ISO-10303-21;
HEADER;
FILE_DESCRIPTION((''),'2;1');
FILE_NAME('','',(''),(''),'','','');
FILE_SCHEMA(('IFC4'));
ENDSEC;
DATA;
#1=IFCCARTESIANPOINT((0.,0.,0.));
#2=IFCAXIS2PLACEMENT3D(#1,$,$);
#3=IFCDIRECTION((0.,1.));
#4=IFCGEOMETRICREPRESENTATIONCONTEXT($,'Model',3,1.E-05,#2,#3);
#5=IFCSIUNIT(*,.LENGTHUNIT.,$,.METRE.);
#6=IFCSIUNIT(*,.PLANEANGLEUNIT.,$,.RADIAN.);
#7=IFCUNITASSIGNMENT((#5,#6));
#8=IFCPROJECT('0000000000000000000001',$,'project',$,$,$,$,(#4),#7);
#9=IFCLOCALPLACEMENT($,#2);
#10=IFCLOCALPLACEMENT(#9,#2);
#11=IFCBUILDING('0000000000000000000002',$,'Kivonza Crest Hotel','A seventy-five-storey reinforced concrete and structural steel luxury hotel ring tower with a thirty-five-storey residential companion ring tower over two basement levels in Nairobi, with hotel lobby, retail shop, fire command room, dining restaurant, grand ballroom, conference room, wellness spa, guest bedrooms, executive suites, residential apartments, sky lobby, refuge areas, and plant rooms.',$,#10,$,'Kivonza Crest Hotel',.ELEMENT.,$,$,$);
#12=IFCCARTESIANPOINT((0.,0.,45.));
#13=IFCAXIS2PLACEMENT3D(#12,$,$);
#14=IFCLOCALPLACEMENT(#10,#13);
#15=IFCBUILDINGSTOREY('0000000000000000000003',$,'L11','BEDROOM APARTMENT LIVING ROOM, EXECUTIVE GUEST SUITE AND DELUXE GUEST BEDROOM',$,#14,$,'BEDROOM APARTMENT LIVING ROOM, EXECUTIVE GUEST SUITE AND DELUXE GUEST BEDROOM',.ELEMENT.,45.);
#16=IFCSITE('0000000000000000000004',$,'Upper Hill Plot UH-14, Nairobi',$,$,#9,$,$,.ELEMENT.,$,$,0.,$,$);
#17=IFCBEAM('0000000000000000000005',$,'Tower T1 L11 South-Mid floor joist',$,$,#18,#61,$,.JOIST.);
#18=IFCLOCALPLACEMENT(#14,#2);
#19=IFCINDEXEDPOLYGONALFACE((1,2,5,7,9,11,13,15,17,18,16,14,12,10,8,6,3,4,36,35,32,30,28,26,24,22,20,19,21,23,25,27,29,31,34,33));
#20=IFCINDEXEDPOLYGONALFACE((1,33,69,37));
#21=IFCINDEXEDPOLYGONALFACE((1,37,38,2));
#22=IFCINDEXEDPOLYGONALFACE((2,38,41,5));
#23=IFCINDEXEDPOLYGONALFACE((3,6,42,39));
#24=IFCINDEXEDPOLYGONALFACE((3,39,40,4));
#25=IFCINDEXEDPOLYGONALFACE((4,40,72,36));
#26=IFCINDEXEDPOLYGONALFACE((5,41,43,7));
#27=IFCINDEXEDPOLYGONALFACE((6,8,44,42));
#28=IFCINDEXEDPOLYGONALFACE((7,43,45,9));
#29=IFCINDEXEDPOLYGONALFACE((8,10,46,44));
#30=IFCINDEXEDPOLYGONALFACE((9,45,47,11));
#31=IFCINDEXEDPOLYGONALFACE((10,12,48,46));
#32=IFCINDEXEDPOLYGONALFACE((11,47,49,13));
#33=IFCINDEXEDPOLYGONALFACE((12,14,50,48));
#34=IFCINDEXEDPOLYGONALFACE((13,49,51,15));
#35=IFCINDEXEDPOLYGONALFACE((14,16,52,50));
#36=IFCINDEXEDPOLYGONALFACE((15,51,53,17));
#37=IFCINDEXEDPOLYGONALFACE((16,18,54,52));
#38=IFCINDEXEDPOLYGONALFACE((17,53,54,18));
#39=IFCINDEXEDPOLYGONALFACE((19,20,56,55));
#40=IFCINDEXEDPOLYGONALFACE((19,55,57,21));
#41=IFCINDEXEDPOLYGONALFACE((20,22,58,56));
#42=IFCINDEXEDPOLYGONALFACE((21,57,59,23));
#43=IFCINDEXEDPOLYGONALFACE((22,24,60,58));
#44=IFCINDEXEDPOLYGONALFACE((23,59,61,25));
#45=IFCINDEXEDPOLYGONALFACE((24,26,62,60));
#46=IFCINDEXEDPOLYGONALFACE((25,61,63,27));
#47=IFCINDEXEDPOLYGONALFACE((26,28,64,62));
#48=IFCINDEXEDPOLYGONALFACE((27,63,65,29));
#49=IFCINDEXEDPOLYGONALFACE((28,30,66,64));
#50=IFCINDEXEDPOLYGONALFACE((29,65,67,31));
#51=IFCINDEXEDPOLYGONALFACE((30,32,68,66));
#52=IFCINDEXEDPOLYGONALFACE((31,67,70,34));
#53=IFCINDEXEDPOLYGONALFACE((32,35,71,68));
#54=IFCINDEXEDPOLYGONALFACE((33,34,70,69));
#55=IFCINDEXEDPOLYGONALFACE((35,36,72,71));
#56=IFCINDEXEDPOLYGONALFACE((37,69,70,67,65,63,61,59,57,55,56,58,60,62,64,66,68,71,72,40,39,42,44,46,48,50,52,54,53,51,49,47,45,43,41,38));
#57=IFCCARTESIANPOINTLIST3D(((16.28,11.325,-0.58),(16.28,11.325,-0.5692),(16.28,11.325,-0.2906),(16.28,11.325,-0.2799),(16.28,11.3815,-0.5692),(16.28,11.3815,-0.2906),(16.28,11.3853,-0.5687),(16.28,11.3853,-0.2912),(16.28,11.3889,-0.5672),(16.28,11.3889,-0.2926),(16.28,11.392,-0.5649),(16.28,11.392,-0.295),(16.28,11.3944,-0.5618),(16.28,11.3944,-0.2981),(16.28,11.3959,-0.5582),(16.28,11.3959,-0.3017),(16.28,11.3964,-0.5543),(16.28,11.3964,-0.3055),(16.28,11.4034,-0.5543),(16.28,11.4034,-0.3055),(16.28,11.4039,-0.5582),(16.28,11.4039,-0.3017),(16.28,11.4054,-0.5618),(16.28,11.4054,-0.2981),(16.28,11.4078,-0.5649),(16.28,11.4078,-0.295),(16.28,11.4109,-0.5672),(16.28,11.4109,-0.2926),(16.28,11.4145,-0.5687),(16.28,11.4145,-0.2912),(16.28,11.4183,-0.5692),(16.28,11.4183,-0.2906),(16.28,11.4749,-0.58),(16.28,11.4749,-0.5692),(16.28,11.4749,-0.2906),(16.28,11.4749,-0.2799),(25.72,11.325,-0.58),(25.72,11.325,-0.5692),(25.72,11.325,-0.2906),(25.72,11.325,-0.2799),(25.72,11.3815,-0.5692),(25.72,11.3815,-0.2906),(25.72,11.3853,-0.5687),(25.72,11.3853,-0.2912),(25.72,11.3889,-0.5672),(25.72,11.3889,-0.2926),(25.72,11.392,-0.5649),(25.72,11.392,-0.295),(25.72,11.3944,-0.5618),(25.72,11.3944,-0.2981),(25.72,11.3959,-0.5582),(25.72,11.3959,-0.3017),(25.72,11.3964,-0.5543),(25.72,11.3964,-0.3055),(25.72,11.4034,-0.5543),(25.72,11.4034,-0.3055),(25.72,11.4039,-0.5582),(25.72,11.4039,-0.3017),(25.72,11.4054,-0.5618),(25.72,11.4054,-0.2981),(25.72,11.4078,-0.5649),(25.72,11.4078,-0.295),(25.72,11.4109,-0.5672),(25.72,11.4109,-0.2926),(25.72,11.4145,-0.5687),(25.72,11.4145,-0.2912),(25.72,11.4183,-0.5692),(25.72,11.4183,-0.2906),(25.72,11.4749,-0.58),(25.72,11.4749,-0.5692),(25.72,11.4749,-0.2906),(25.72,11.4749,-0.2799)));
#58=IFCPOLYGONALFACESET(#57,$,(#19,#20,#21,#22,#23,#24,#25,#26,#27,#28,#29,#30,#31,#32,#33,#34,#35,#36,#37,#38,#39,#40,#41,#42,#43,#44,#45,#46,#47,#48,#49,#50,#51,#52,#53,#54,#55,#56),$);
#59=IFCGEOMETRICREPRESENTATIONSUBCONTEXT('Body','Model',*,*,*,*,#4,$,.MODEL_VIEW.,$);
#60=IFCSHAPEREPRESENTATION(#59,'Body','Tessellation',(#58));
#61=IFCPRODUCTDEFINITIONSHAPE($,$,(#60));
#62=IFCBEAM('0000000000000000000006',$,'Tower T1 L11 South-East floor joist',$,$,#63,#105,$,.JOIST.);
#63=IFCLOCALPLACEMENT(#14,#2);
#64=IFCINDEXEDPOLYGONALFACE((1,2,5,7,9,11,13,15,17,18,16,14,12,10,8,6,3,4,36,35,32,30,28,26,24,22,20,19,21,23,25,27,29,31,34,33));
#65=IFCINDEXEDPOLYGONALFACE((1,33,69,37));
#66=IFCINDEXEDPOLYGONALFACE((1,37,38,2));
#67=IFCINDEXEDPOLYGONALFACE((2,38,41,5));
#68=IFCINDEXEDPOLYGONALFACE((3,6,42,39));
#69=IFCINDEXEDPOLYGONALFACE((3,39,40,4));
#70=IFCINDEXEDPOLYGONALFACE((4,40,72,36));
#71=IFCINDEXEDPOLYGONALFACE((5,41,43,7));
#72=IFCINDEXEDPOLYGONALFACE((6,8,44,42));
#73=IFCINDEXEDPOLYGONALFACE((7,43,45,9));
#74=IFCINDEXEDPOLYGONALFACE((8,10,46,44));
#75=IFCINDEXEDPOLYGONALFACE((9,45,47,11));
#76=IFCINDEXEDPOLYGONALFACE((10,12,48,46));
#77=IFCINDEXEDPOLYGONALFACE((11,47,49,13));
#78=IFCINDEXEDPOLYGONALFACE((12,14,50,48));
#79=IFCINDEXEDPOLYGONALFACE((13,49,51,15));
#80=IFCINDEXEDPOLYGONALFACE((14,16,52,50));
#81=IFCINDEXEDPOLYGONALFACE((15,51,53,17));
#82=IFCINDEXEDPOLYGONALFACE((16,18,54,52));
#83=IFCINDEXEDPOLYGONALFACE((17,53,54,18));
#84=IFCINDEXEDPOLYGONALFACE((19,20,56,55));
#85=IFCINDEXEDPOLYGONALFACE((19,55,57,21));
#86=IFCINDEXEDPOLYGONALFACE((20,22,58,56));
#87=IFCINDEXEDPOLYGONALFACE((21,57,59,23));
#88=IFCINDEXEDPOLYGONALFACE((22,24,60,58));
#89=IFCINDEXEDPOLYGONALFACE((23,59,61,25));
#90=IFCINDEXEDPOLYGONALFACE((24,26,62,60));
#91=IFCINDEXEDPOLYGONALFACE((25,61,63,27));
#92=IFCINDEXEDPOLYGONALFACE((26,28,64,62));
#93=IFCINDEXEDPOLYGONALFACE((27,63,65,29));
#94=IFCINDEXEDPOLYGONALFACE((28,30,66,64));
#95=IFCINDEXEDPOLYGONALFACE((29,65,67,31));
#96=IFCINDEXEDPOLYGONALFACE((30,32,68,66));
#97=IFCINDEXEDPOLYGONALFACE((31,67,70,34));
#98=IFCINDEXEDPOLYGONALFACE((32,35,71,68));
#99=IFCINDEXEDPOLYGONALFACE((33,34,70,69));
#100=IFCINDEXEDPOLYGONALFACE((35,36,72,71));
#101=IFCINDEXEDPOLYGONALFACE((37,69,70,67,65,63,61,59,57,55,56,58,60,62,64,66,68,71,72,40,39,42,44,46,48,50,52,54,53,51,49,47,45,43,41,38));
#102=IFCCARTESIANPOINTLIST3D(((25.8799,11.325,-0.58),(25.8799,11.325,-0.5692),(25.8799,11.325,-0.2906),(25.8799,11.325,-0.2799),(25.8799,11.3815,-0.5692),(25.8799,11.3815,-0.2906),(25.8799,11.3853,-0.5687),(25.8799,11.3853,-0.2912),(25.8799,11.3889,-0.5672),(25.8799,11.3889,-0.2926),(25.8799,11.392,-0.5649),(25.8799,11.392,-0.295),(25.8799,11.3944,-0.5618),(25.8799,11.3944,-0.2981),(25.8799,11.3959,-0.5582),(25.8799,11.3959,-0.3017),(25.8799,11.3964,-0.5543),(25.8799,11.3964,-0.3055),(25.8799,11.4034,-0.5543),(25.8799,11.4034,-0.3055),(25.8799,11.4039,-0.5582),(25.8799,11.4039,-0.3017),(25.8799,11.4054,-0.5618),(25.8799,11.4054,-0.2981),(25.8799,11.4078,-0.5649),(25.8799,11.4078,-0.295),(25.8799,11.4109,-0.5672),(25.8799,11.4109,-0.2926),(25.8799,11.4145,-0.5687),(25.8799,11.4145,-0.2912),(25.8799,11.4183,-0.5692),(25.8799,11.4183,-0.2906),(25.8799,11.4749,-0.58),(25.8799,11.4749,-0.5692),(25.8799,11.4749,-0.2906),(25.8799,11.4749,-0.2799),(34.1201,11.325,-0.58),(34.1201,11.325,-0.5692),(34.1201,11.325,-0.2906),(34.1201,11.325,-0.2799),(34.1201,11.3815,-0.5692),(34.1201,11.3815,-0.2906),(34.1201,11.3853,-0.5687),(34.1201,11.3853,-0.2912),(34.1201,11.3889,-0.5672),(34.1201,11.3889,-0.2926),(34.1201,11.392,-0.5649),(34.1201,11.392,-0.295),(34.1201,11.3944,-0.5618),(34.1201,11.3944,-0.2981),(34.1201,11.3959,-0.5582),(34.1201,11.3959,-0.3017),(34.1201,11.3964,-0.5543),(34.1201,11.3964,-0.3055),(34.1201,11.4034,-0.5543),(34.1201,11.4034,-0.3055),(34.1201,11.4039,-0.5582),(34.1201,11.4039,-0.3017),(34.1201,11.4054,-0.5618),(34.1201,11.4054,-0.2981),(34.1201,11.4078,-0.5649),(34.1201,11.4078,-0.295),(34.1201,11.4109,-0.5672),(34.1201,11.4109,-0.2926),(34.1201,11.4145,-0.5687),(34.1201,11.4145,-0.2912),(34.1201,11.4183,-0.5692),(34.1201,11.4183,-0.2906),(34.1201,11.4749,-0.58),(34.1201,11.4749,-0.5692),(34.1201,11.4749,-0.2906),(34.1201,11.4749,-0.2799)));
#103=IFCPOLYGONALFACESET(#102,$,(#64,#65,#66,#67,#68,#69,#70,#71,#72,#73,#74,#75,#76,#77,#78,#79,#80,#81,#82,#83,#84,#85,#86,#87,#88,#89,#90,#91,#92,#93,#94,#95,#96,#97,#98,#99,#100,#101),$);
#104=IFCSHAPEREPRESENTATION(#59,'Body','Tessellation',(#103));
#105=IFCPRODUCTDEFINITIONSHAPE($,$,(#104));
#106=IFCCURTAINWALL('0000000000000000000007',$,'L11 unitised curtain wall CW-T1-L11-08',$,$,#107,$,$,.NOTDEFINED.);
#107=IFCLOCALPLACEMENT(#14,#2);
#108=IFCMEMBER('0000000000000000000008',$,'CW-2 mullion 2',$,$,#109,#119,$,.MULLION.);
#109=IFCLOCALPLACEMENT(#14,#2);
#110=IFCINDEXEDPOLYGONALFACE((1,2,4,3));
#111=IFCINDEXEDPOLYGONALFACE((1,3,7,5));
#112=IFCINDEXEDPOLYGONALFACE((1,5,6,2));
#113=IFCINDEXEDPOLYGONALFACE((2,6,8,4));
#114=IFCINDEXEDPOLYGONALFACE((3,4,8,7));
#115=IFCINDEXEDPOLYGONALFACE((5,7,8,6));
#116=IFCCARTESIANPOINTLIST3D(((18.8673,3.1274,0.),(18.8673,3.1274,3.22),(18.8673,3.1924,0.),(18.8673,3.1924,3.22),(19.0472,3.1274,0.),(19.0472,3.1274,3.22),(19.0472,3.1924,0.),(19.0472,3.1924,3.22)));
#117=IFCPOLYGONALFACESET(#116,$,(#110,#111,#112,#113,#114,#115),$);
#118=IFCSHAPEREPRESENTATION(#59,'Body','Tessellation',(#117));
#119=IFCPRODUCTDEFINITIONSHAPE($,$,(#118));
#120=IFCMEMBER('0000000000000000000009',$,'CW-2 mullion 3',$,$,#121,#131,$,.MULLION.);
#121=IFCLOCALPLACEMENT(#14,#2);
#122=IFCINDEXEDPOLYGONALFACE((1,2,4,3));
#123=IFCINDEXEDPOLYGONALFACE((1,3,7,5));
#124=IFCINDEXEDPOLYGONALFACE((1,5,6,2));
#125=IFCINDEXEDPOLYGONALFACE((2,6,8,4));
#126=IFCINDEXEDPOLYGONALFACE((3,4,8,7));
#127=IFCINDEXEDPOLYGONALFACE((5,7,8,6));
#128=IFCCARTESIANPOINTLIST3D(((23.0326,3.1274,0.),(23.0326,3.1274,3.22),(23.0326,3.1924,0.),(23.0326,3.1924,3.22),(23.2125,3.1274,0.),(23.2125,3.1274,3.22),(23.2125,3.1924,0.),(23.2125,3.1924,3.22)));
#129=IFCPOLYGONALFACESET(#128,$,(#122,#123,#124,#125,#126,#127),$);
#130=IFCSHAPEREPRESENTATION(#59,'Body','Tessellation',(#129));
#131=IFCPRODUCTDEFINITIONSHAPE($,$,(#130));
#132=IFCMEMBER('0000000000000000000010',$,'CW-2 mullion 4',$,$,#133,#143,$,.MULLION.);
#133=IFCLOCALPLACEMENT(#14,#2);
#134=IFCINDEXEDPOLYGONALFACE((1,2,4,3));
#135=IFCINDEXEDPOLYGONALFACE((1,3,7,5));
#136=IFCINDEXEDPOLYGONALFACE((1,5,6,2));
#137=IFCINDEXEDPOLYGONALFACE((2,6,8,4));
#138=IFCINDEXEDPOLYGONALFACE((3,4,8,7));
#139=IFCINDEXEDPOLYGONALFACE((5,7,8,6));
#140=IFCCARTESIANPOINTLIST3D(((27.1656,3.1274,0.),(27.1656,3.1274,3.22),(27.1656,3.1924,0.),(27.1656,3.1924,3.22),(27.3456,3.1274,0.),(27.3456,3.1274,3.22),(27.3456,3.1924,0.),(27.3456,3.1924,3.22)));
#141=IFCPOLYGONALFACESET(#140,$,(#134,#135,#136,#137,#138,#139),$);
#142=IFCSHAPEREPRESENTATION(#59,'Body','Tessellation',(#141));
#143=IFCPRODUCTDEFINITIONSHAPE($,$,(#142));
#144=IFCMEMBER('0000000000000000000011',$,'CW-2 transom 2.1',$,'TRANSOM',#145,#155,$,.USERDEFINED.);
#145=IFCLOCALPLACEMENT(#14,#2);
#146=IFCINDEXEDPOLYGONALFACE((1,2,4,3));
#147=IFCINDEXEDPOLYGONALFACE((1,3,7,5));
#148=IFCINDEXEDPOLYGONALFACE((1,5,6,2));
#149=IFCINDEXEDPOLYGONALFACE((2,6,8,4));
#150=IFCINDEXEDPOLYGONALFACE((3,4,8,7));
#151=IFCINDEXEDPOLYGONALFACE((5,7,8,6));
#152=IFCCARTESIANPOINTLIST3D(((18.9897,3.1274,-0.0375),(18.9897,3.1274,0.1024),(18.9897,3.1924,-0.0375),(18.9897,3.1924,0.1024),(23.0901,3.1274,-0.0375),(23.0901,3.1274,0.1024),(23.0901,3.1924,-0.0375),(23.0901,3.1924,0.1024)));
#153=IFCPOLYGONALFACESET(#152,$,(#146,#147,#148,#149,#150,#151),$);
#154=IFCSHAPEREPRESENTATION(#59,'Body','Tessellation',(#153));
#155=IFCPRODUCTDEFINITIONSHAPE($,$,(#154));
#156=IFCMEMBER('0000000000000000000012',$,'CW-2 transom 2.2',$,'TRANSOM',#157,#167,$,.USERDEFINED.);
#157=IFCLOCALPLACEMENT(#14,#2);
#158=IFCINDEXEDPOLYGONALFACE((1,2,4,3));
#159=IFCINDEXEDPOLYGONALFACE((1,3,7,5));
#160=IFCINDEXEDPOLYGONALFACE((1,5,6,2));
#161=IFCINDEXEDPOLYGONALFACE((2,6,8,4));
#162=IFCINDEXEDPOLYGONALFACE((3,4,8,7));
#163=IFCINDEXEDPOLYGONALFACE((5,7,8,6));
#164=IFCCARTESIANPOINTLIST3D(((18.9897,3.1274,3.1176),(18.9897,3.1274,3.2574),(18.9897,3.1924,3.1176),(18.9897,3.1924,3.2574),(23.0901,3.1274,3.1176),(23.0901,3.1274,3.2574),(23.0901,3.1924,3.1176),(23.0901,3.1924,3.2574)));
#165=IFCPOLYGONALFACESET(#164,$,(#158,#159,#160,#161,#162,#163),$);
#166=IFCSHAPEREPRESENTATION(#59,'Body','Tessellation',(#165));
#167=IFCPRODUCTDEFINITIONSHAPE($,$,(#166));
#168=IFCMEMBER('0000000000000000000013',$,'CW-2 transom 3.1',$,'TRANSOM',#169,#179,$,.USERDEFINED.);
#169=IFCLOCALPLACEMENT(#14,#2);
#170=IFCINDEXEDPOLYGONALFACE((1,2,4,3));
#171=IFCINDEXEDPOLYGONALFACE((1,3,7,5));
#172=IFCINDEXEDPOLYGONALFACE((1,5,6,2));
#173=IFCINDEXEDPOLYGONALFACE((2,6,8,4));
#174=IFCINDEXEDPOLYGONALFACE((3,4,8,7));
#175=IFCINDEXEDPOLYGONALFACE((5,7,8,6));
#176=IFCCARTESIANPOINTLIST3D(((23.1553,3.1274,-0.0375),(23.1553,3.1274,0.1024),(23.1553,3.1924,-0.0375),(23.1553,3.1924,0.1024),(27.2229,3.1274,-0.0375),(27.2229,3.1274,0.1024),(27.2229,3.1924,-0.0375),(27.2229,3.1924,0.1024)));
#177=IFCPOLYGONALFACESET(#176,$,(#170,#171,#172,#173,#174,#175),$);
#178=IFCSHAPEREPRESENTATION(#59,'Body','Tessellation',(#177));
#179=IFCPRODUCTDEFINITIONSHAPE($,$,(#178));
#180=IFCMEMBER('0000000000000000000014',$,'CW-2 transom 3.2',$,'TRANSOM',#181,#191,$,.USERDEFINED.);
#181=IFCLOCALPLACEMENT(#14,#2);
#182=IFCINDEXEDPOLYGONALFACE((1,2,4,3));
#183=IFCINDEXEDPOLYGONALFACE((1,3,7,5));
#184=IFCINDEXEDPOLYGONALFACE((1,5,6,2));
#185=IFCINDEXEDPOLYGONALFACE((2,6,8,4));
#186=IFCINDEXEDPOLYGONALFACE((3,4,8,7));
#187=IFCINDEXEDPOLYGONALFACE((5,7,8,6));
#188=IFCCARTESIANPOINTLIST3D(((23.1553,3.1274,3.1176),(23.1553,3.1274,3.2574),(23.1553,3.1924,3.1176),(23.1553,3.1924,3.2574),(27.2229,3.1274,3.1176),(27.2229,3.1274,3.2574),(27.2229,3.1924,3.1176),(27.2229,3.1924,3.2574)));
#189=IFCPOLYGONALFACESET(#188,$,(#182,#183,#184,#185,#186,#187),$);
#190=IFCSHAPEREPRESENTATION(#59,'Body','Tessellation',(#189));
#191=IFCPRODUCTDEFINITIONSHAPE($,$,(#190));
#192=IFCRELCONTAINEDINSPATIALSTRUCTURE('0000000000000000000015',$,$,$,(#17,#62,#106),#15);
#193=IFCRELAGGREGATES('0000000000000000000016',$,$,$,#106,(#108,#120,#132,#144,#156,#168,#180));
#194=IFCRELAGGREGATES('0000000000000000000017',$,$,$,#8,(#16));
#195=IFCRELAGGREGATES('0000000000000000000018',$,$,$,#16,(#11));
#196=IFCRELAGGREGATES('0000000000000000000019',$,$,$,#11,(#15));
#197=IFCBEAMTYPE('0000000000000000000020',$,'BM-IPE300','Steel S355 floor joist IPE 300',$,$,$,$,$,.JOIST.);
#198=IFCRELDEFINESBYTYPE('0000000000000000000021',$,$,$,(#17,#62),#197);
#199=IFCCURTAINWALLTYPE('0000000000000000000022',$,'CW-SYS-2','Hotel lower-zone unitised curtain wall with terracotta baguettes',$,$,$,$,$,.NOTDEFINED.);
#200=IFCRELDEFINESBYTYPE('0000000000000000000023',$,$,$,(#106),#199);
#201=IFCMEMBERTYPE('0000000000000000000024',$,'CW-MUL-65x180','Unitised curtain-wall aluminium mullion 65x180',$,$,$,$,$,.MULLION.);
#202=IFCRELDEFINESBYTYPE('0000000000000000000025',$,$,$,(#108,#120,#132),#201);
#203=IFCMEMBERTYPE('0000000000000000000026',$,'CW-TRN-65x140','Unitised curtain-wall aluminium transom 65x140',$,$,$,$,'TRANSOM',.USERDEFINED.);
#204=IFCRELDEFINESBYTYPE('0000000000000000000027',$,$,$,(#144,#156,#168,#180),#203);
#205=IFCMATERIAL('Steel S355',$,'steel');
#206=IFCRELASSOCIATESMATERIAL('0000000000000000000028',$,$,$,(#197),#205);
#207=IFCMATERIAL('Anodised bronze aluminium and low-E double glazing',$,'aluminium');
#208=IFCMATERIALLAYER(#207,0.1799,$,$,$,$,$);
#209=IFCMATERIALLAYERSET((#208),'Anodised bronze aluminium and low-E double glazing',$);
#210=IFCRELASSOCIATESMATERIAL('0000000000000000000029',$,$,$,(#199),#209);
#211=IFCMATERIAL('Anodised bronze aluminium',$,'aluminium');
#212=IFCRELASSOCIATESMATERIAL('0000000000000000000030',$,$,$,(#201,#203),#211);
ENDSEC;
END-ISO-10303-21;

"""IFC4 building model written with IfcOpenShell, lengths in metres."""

from ifc_helpers import new_model, si_unit, direction, frame, origin, origin_2d, place, context, subcontext, project, spatial, rectangle, i_section, extrude, material, layer, layer_set, material_profile, profile_set, type_object, element, aggregate, save


model = new_model("IFC4")

# Units and contexts
model_context = context("Model", 3, precision=1e-05, world=origin(), true_north=direction((0.0, 1.0)))
body_context = subcontext(model_context, "Body", "Model", "MODEL_VIEW")
ifc_project = project(units=[si_unit("LENGTHUNIT", "METRE"), si_unit("PLANEANGLEUNIT", "RADIAN")], contexts=[model_context])

# Site, building, storey
site_placement = place(None, origin())
site = spatial("IfcSite", under=ifc_project, at=site_placement, Name="Upper Hill Plot UH-14, Nairobi", CompositionType="ELEMENT", RefElevation=0.0)
building_placement = place(site_placement, origin())
building = spatial("IfcBuilding", under=site, at=building_placement, Name="Kivonza Crest Hotel", Description="A seventy-five-storey reinforced concrete and structural steel luxury hotel ring tower with a thirty-five-storey residential companion ring tower over two basement levels in Nairobi, with hotel lobby, retail shop, fire command room, dining restaurant, grand ballroom, conference room, wellness spa, guest bedrooms, executive suites, residential apartments, sky lobby, refuge areas, and plant rooms.", LongName="Kivonza Crest Hotel", CompositionType="ELEMENT")
storey_placement = place(building_placement, frame((0.0, 0.0, 45.0)))
storey = spatial("IfcBuildingStorey", under=building, at=storey_placement, Name="L11", Description="BEDROOM APARTMENT LIVING ROOM, EXECUTIVE GUEST SUITE AND DELUXE GUEST BEDROOM", LongName="BEDROOM APARTMENT LIVING ROOM, EXECUTIVE GUEST SUITE AND DELUXE GUEST BEDROOM", CompositionType="ELEMENT", Elevation=45.0)

# Beams
ifc_material_1 = material(Name="Steel S355", Category="steel")
ifc_material_profile_1 = material_profile(ifc_material_1, i_section(OverallWidth=0.1499, OverallDepth=0.3, WebThickness=0.0071, FlangeThickness=0.0107, FilletRadius=0.0149, at=origin_2d()), Name="IPE 300")
ifc_profile_set_1 = profile_set([ifc_material_profile_1], Name="Steel S355")
beam_type_1 = type_object("IfcBeamType", Name="BM-IPE300", Description="Steel S355 floor joist IPE 300", PredefinedType="JOIST", material=ifc_profile_set_1)
beam_1_placement = place(storey_placement, frame((16.28, 11.3999, -0.4299), z_axis=(1.0, 0.0, 0.0), x_axis=(0.0, 1.0, 0.0)))
element("IfcBeam", 1, at=beam_1_placement, inside=storey, type_object=beam_type_1, Name="Tower T1 L11 South-Mid floor joist", PredefinedType="JOIST", context=body_context, shape_type="SweptSolid", body=[
    extrude(i_section(OverallWidth=0.1499, OverallDepth=0.3, WebThickness=0.0071, FlangeThickness=0.0107, FilletRadius=0.0149, at=origin_2d()), origin(), (0.0, 0.0, 1.0), 9.4399),
])
beam_2_placement = place(storey_placement, frame((25.8799, 11.3999, -0.4299), z_axis=(1.0, 0.0, 0.0), x_axis=(0.0, 1.0, 0.0)))
element("IfcBeam", 2, at=beam_2_placement, inside=storey, type_object=beam_type_1, Name="Tower T1 L11 South-East floor joist", PredefinedType="JOIST", context=body_context, shape_type="SweptSolid", body=[
    extrude(i_section(OverallWidth=0.1499, OverallDepth=0.3, WebThickness=0.0071, FlangeThickness=0.0107, FilletRadius=0.0149, at=origin_2d()), origin(), (0.0, 0.0, 1.0), 8.2402),
])

# Curtain wall, members
ifc_material_2 = material(Name="Anodised bronze aluminium and low-E double glazing", Category="aluminium")
ifc_layer_1 = layer(ifc_material_2, 0.1799)
ifc_layer_set_1 = layer_set([ifc_layer_1], Name="Anodised bronze aluminium and low-E double glazing")
curtain_wall_type = type_object("IfcCurtainWallType", Name="CW-SYS-2", Description="Hotel lower-zone unitised curtain wall with terracotta baguettes", PredefinedType="NOTDEFINED", material=ifc_layer_set_1)
curtain_wall_placement = place(storey_placement, origin())
curtain_wall = element("IfcCurtainWall", 3, at=curtain_wall_placement, inside=storey, type_object=curtain_wall_type, Name="L11 unitised curtain wall CW-T1-L11-08", PredefinedType="NOTDEFINED")
ifc_material_3 = material(Name="Anodised bronze aluminium", Category="aluminium")
ifc_material_profile_2 = material_profile(ifc_material_3, rectangle(XDim=0.0649, YDim=0.1799, at=origin_2d()), Name="CW-M 65x180")
ifc_profile_set_2 = profile_set([ifc_material_profile_2], Name="Anodised bronze aluminium")
member_type_1 = type_object("IfcMemberType", Name="CW-MUL-65x180", Description="Unitised curtain-wall aluminium mullion 65x180", PredefinedType="MULLION", material=ifc_profile_set_2)
member_1_placement = place(storey_placement, frame((18.9573, 3.1599, 0.0), z_axis=(0.0, 0.0, 1.0), x_axis=(0.0, 1.0, 0.0)))
member_1 = element("IfcMember", 4, at=member_1_placement, type_object=member_type_1, Name="CW-2 mullion 2", PredefinedType="MULLION", context=body_context, shape_type="SweptSolid", body=[
    extrude(rectangle(XDim=0.0649, YDim=0.1799, at=origin_2d()), origin(), (0.0, 0.0, 1.0), 3.22),
])
member_2_placement = place(storey_placement, frame((23.1226, 3.1599, 0.0), z_axis=(0.0, 0.0, 1.0), x_axis=(0.0, 1.0, 0.0)))
member_2 = element("IfcMember", 5, at=member_2_placement, type_object=member_type_1, Name="CW-2 mullion 3", PredefinedType="MULLION", context=body_context, shape_type="SweptSolid", body=[
    extrude(rectangle(XDim=0.0649, YDim=0.1799, at=origin_2d()), origin(), (0.0, 0.0, 1.0), 3.22),
])
member_3_placement = place(storey_placement, frame((27.2556, 3.1599, 0.0), z_axis=(0.0, 0.0, 1.0), x_axis=(0.0, 1.0, 0.0)))
member_3 = element("IfcMember", 6, at=member_3_placement, type_object=member_type_1, Name="CW-2 mullion 4", PredefinedType="MULLION", context=body_context, shape_type="SweptSolid", body=[
    extrude(rectangle(XDim=0.0649, YDim=0.1799, at=origin_2d()), origin(), (0.0, 0.0, 1.0), 3.22),
])
ifc_material_profile_3 = material_profile(ifc_material_3, rectangle(XDim=0.0649, YDim=0.1399, at=origin_2d()), Name="CW-T 65x140")
ifc_profile_set_3 = profile_set([ifc_material_profile_3], Name="Anodised bronze aluminium")
member_type_2 = type_object("IfcMemberType", Name="CW-TRN-65x140", Description="Unitised curtain-wall aluminium transom 65x140", ElementType="TRANSOM", PredefinedType="USERDEFINED", material=ifc_profile_set_3)
member_4_placement = place(storey_placement, frame((18.9897, 3.1599, 0.0325), z_axis=(1.0, 0.0, 0.0), x_axis=(0.0, 1.0, 0.0)))
member_4 = element("IfcMember", 7, at=member_4_placement, type_object=member_type_2, Name="CW-2 transom 2.1", ObjectType="TRANSOM", PredefinedType="USERDEFINED", context=body_context, shape_type="SweptSolid", body=[
    extrude(rectangle(XDim=0.0649, YDim=0.1399, at=origin_2d()), origin(), (0.0, 0.0, 1.0), 4.1003),
])
member_5_placement = place(storey_placement, frame((18.9897, 3.1599, 3.1875), z_axis=(1.0, 0.0, 0.0), x_axis=(0.0, 1.0, 0.0)))
member_5 = element("IfcMember", 8, at=member_5_placement, type_object=member_type_2, Name="CW-2 transom 2.2", ObjectType="TRANSOM", PredefinedType="USERDEFINED", context=body_context, shape_type="SweptSolid", body=[
    extrude(rectangle(XDim=0.0649, YDim=0.1399, at=origin_2d()), origin(), (0.0, 0.0, 1.0), 4.1003),
])
member_6_placement = place(storey_placement, frame((23.1553, 3.1599, 0.0325), z_axis=(1.0, 0.0, 0.0), x_axis=(0.0, 1.0, 0.0)))
member_6 = element("IfcMember", 9, at=member_6_placement, type_object=member_type_2, Name="CW-2 transom 3.1", ObjectType="TRANSOM", PredefinedType="USERDEFINED", context=body_context, shape_type="SweptSolid", body=[
    extrude(rectangle(XDim=0.0649, YDim=0.1399, at=origin_2d()), origin(), (0.0, 0.0, 1.0), 4.0676),
])
member_7_placement = place(storey_placement, frame((23.1553, 3.1599, 3.1875), z_axis=(1.0, 0.0, 0.0), x_axis=(0.0, 1.0, 0.0)))
member_7 = element("IfcMember", 10, at=member_7_placement, type_object=member_type_2, Name="CW-2 transom 3.2", ObjectType="TRANSOM", PredefinedType="USERDEFINED", context=body_context, shape_type="SweptSolid", body=[
    extrude(rectangle(XDim=0.0649, YDim=0.1399, at=origin_2d()), origin(), (0.0, 0.0, 1.0), 4.0676),
])
aggregate(curtain_wall, [member_1, member_2, member_3, member_4, member_5, member_6, member_7])

save(model, "model.ifc")
